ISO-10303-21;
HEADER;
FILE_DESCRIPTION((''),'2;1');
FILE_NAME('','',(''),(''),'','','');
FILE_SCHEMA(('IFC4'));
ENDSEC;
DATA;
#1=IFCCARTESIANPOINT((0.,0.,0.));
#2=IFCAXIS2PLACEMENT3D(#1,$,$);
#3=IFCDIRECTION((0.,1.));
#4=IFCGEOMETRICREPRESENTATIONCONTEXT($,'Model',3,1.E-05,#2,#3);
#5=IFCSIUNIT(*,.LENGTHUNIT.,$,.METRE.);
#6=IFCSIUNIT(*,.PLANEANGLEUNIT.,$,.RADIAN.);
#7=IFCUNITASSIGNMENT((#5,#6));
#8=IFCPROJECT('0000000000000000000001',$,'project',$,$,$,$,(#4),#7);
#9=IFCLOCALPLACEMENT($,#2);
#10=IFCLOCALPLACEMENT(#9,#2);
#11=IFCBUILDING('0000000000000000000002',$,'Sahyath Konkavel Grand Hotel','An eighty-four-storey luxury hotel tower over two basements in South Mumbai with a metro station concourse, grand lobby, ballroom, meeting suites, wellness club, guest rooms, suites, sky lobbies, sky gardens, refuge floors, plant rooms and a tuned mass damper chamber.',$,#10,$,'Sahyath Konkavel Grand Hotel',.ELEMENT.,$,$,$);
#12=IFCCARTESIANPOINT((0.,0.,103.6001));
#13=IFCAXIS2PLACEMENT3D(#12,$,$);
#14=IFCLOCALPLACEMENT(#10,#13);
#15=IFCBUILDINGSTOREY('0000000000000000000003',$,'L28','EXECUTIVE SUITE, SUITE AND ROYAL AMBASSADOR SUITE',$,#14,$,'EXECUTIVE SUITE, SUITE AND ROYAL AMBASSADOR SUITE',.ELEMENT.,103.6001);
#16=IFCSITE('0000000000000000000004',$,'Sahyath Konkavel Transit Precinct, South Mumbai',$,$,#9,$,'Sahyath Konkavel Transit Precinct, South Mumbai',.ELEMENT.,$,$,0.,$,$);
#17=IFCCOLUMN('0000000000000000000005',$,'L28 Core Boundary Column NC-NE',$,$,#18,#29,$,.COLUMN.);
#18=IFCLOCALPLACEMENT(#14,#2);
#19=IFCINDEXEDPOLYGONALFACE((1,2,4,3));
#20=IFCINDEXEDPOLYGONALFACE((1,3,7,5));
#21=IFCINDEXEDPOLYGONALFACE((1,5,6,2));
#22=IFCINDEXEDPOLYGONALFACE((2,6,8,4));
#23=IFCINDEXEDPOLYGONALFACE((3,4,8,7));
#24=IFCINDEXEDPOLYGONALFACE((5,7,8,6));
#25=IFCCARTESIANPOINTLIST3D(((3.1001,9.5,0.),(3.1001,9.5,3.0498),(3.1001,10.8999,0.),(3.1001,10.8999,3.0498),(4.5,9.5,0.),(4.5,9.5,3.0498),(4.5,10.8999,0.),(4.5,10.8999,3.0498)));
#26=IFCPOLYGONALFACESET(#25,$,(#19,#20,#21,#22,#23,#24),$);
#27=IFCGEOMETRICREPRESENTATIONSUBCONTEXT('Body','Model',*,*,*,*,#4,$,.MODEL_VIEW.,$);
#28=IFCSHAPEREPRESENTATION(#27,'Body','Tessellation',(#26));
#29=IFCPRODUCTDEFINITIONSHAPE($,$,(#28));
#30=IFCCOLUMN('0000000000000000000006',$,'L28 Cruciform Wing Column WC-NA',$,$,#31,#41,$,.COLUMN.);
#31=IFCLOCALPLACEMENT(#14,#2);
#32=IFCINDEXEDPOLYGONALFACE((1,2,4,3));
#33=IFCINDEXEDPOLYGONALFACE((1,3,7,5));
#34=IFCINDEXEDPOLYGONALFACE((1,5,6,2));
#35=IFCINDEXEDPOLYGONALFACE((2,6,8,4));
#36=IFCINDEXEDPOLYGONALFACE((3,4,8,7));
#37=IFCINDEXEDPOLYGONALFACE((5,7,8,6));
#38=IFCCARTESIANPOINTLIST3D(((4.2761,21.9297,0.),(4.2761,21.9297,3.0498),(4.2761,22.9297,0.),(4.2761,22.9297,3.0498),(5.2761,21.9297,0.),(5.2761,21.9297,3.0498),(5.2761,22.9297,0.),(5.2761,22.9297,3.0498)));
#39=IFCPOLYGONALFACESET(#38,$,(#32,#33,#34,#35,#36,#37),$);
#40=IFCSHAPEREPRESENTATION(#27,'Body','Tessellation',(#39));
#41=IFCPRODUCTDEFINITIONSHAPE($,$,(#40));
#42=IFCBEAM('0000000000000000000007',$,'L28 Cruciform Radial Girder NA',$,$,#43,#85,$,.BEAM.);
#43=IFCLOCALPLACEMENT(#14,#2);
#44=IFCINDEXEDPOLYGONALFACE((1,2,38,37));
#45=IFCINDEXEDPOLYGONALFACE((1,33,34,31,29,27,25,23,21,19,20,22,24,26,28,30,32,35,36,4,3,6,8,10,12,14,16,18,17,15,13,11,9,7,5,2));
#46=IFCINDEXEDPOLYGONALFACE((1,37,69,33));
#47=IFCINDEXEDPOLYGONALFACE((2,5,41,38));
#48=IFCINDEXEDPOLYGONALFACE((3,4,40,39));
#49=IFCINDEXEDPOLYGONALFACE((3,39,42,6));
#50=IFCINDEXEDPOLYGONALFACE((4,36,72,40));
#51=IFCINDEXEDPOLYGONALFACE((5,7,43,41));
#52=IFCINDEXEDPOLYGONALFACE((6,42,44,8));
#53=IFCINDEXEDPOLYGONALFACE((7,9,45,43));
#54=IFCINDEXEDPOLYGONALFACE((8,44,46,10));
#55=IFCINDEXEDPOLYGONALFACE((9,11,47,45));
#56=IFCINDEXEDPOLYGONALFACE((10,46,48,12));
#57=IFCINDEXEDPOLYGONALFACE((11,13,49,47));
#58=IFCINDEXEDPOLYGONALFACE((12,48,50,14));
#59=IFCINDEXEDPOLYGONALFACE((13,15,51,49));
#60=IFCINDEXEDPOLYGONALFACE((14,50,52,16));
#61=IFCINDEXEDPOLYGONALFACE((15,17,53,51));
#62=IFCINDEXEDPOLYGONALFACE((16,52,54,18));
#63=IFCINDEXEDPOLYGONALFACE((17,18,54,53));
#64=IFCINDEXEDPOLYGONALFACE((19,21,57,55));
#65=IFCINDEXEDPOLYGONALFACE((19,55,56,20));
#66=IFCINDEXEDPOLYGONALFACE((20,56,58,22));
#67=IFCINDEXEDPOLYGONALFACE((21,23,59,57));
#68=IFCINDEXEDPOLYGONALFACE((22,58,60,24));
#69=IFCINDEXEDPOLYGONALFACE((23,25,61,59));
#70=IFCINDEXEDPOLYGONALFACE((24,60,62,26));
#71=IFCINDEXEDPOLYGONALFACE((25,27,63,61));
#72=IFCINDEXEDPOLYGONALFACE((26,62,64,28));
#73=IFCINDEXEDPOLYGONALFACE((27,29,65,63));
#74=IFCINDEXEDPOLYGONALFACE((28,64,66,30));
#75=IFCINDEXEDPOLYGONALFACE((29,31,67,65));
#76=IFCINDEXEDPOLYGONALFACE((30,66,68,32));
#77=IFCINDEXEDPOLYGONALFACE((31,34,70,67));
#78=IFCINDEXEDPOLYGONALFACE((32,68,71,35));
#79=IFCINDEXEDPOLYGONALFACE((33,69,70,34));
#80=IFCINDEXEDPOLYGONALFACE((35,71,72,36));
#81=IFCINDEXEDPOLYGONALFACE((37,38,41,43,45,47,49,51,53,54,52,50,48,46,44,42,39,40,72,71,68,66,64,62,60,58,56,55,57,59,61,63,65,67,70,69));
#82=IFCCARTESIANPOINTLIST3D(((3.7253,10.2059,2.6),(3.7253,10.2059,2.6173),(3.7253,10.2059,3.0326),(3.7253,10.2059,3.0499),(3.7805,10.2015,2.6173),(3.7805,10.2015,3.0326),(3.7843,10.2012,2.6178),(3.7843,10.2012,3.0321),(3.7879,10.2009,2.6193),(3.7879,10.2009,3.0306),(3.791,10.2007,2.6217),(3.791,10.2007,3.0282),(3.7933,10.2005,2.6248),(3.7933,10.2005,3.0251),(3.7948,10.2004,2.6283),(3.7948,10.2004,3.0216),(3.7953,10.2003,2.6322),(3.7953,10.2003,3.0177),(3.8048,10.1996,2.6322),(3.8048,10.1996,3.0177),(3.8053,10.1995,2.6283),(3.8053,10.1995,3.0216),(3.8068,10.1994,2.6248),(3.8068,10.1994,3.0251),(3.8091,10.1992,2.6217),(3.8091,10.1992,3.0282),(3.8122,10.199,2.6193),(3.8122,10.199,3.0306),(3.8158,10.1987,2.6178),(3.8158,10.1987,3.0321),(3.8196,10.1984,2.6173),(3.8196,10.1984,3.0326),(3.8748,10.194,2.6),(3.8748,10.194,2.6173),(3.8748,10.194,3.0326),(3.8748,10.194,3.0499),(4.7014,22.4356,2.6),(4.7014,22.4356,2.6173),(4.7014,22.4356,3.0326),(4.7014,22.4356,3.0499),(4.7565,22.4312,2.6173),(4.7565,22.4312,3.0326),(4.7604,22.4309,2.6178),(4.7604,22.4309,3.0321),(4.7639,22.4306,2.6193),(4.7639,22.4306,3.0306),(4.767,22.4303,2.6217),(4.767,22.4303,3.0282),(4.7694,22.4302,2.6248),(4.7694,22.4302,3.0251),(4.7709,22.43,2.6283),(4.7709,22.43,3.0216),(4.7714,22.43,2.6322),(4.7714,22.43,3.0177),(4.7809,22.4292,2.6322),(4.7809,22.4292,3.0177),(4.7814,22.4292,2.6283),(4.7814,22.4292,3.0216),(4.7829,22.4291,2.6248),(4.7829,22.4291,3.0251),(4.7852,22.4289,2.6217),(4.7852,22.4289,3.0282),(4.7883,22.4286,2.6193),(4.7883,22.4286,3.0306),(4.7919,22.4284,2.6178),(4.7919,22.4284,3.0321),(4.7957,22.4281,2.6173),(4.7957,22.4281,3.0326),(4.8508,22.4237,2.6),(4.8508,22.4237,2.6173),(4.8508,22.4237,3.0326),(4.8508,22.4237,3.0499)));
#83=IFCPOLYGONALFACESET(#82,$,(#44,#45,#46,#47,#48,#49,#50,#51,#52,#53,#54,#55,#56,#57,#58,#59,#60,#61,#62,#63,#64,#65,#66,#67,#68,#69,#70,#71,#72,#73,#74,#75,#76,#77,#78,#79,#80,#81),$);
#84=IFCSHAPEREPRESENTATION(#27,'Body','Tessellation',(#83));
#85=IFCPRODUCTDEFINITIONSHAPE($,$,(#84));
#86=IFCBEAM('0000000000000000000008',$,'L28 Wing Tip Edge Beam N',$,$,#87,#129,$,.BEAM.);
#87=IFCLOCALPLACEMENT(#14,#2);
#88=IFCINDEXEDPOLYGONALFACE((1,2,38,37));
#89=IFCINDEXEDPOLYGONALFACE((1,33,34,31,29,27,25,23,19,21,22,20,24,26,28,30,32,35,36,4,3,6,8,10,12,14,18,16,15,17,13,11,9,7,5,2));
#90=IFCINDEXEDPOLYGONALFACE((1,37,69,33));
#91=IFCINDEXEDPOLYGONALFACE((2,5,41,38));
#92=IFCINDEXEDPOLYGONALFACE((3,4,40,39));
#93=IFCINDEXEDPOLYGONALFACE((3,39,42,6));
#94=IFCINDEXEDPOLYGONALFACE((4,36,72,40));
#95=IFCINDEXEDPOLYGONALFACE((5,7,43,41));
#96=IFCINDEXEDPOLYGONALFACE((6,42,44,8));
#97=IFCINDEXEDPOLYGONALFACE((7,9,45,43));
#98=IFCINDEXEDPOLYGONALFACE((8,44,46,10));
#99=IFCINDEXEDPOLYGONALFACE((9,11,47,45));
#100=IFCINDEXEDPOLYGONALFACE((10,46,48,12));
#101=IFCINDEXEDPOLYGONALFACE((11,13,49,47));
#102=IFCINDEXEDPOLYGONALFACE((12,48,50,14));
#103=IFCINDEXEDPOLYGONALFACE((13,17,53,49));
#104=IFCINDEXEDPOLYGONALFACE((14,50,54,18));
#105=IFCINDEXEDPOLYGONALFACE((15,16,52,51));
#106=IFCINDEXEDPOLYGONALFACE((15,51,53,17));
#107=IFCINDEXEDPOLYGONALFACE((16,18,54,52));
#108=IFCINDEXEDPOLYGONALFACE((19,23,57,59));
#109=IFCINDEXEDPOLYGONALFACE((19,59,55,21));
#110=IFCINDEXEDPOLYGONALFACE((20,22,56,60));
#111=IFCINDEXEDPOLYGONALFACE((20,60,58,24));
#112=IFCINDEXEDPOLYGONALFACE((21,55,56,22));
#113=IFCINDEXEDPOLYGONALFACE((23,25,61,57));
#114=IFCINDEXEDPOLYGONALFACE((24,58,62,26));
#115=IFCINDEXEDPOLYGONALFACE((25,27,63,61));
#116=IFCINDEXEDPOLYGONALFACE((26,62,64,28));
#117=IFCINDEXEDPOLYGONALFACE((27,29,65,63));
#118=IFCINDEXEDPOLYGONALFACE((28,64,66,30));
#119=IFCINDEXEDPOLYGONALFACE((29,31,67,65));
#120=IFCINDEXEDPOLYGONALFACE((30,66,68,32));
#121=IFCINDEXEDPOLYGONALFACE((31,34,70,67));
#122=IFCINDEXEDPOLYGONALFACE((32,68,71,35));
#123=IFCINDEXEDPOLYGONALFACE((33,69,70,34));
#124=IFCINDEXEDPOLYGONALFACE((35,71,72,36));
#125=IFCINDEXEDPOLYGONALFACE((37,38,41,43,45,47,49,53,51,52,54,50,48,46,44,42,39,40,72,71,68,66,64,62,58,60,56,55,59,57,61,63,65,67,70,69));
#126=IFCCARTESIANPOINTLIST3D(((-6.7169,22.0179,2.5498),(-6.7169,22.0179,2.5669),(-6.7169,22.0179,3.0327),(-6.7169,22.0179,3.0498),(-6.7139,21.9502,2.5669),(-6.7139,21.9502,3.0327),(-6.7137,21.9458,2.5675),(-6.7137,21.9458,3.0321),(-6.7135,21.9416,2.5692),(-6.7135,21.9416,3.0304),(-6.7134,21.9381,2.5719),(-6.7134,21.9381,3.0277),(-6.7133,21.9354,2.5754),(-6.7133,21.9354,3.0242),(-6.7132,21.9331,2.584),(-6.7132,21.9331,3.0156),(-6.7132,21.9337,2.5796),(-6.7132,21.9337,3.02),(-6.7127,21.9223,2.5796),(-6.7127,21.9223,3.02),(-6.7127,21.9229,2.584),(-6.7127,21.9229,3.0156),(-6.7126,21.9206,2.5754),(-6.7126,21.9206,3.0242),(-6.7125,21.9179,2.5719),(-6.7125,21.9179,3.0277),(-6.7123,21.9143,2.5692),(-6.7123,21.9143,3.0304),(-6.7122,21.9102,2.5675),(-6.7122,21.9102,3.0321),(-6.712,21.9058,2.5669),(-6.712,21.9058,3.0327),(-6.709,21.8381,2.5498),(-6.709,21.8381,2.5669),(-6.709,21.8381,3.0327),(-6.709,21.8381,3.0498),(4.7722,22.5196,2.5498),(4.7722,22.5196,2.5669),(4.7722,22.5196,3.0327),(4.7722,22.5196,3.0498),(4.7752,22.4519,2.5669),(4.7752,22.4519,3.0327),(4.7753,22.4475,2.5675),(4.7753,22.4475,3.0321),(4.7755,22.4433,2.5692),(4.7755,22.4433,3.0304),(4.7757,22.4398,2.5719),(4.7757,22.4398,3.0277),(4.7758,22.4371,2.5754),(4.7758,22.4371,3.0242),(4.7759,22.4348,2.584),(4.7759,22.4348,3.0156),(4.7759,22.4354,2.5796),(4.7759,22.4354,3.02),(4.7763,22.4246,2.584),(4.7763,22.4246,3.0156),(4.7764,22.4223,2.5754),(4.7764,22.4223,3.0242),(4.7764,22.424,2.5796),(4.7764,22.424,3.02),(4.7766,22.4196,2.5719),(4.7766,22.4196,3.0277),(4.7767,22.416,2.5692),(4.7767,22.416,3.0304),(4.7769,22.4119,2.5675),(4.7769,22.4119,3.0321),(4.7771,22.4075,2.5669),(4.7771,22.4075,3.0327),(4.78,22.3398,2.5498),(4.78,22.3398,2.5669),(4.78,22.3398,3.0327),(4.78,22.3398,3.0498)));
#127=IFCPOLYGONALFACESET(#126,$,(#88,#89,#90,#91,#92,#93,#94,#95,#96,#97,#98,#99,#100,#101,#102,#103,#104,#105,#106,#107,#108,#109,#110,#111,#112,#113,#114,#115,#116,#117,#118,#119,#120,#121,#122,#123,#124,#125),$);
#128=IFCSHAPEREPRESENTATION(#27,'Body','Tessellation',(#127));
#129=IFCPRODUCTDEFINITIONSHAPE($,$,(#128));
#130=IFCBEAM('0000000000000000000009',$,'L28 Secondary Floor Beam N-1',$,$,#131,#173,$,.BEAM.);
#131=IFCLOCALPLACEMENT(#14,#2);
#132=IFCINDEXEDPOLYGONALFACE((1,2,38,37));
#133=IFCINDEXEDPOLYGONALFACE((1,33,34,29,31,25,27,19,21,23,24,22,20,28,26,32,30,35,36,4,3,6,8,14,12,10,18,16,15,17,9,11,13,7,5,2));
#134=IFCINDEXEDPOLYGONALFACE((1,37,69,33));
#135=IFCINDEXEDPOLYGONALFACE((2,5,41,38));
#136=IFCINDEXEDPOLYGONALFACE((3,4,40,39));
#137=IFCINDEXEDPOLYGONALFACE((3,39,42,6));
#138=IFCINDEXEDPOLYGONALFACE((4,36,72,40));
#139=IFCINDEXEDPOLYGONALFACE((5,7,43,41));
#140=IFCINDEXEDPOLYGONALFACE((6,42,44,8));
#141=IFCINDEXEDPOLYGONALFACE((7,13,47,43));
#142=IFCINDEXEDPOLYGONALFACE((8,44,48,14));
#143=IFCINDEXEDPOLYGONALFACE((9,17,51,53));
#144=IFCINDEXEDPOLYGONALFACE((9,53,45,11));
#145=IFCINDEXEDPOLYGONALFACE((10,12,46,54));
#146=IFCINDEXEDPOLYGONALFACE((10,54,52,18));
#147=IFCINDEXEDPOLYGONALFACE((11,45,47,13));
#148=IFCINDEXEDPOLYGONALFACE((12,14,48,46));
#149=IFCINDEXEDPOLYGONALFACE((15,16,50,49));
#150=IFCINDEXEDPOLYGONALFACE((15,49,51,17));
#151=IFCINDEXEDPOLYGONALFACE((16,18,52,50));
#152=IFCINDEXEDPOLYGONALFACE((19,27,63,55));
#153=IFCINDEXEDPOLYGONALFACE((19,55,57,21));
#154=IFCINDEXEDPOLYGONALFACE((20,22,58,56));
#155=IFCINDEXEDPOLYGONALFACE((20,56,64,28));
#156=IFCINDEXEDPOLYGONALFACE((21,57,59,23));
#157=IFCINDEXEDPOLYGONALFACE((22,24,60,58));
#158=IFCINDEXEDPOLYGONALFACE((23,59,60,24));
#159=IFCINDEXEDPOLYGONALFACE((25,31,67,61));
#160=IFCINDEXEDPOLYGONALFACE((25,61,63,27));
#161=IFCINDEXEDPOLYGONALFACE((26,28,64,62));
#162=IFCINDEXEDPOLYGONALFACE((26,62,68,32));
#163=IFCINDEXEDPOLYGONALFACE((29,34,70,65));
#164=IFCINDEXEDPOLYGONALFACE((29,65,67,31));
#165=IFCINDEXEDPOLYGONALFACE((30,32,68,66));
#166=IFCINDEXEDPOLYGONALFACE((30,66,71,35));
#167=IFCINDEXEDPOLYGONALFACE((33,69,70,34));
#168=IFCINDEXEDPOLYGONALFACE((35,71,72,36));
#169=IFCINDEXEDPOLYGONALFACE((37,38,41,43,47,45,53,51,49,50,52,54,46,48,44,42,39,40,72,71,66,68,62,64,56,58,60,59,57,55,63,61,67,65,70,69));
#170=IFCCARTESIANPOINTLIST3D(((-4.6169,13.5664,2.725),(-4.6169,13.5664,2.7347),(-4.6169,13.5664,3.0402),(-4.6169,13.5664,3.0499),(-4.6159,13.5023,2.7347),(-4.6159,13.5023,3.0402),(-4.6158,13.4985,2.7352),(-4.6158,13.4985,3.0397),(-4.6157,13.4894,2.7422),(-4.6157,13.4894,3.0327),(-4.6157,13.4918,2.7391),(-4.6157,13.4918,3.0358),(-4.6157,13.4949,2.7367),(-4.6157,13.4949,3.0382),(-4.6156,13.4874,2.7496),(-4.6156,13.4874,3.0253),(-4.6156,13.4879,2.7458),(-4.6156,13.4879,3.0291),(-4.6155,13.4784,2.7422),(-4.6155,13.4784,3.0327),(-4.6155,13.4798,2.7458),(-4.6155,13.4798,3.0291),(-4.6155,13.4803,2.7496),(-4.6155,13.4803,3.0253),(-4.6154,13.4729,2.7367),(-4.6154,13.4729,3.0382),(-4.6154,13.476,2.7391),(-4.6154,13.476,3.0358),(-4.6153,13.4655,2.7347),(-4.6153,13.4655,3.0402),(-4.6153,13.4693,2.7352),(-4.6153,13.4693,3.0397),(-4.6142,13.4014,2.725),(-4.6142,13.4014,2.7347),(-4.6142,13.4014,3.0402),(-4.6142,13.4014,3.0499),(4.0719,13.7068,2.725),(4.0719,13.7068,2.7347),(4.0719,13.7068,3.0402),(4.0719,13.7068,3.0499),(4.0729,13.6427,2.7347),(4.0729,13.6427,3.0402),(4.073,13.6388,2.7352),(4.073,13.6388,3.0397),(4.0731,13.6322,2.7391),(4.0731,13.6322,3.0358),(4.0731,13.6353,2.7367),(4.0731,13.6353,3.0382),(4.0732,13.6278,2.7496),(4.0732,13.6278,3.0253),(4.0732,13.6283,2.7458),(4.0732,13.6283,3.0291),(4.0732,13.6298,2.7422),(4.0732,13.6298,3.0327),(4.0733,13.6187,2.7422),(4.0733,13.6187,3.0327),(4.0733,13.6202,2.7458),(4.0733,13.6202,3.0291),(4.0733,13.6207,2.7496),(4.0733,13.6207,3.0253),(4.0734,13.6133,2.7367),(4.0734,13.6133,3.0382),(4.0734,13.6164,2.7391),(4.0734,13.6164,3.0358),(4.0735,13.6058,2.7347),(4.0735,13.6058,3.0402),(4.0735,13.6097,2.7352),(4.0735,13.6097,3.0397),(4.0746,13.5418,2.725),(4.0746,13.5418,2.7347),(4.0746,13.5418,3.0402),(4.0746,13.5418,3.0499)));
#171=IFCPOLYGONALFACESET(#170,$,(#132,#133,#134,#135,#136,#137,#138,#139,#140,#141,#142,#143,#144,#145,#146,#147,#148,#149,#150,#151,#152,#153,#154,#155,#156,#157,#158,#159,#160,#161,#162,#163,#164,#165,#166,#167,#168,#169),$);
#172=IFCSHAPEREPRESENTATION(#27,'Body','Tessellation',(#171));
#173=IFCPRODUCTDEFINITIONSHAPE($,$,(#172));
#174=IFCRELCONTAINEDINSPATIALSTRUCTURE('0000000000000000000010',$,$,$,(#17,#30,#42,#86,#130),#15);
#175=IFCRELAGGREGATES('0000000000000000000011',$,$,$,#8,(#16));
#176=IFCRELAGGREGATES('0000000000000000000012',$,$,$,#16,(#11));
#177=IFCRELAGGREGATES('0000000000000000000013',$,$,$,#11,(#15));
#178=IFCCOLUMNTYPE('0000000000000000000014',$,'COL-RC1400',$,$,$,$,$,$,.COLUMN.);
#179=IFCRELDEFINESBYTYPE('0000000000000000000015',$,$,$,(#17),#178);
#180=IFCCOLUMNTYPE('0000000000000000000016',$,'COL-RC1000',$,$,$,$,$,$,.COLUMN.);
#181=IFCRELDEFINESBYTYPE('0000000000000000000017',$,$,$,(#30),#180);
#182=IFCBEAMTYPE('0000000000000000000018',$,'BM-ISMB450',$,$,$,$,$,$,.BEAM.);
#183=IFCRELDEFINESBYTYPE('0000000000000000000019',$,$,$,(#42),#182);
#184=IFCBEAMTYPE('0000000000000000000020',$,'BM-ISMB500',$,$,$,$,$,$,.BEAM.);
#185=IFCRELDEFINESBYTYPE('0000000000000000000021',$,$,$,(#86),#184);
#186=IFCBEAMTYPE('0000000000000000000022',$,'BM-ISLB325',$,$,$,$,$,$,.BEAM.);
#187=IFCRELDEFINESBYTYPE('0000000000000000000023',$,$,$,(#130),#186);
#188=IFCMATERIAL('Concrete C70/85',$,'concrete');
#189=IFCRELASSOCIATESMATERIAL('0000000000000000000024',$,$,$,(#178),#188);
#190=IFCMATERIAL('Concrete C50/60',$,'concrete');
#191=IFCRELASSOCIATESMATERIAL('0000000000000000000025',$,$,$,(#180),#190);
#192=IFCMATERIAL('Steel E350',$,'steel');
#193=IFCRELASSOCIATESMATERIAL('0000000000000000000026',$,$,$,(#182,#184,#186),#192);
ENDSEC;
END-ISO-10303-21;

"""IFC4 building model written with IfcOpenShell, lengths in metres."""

from ifc_helpers import new_model, si_unit, direction, frame, origin, origin_2d, place, context, subcontext, project, spatial, rectangle, i_section, extrude, source, transform, mapped, material, material_profile, profile_set, type_object, element, save


model = new_model("IFC4")

# Units and contexts
model_context = context("Model", 3, precision=1e-05, world=origin(), true_north=direction((0.0, 1.0)))
body_context = subcontext(model_context, "Body", "Model", "MODEL_VIEW")
ifc_project = project(units=[si_unit("LENGTHUNIT", "METRE"), si_unit("PLANEANGLEUNIT", "RADIAN")], contexts=[model_context])

# Site, building, storey
site_placement = place(None, origin())
site = spatial("IfcSite", under=ifc_project, at=site_placement, Name="Sahyath Konkavel Transit Precinct, South Mumbai", LongName="Sahyath Konkavel Transit Precinct, South Mumbai", CompositionType="ELEMENT", RefElevation=0.0)
building_placement = place(site_placement, origin())
building = spatial("IfcBuilding", under=site, at=building_placement, Name="Sahyath Konkavel Grand Hotel", Description="An eighty-four-storey luxury hotel tower over two basements in South Mumbai with a metro station concourse, grand lobby, ballroom, meeting suites, wellness club, guest rooms, suites, sky lobbies, sky gardens, refuge floors, plant rooms and a tuned mass damper chamber.", LongName="Sahyath Konkavel Grand Hotel", CompositionType="ELEMENT")
storey_placement = place(building_placement, frame((0.0, 0.0, 103.6001)))
storey = spatial("IfcBuildingStorey", under=building, at=storey_placement, Name="L28", Description="EXECUTIVE SUITE, SUITE AND ROYAL AMBASSADOR SUITE", LongName="EXECUTIVE SUITE, SUITE AND ROYAL AMBASSADOR SUITE", CompositionType="ELEMENT", Elevation=103.6001)

# Columns
ifc_material_1 = material(Name="Concrete C70/85", Category="concrete")
ifc_material_profile_1 = material_profile(ifc_material_1, rectangle(XDim=1.3999, YDim=1.3999, at=origin_2d()), Name="RC 1400x1400")
ifc_profile_set_1 = profile_set([ifc_material_profile_1], Name="Concrete C70/85")
column_type_1 = type_object("IfcColumnType", Name="COL-RC1400", PredefinedType="COLUMN", material=ifc_profile_set_1)
shared_shape_1 = source(origin(), body_context, "Body", "SweptSolid", [
    extrude(rectangle(XDim=1.3999, YDim=1.3999, at=origin_2d()), origin(), (0.0, 0.0, 1.0), 3.0498),
])
column_1_placement = place(storey_placement, frame((3.8, 10.2, 0.0), z_axis=(0.0, 0.0, 1.0), x_axis=(1.0, 0.0, 0.0)))
element("IfcColumn", 1, at=column_1_placement, inside=storey, type_object=column_type_1, Name="L28 Core Boundary Column NC-NE", PredefinedType="COLUMN", context=body_context, shape_type="MappedRepresentation", body=[
    mapped(shared_shape_1, transform((0.0, 0.0, 0.0), scale=1.0)),
])
ifc_material_2 = material(Name="Concrete C50/60", Category="concrete")
ifc_material_profile_2 = material_profile(ifc_material_2, rectangle(XDim=1.0, YDim=1.0, at=origin_2d()), Name="RC 1000x1000")
ifc_profile_set_2 = profile_set([ifc_material_profile_2], Name="Concrete C50/60")
column_type_2 = type_object("IfcColumnType", Name="COL-RC1000", PredefinedType="COLUMN", material=ifc_profile_set_2)
shared_shape_2 = source(origin(), body_context, "Body", "SweptSolid", [
    extrude(rectangle(XDim=1.0, YDim=1.0, at=origin_2d()), origin(), (0.0, 0.0, 1.0), 3.0498),
])
column_2_placement = place(storey_placement, frame((4.7761, 22.4297, 0.0), z_axis=(0.0, 0.0, 1.0), x_axis=(1.0, 0.0, 0.0)))
element("IfcColumn", 2, at=column_2_placement, inside=storey, type_object=column_type_2, Name="L28 Cruciform Wing Column WC-NA", PredefinedType="COLUMN", context=body_context, shape_type="MappedRepresentation", body=[
    mapped(shared_shape_2, transform((0.0, 0.0, 0.0), scale=1.0)),
])

# Beams
ifc_material_3 = material(Name="Steel E350", Category="steel")
ifc_material_profile_3 = material_profile(ifc_material_3, i_section(OverallWidth=0.1499, OverallDepth=0.45, WebThickness=0.0095, FlangeThickness=0.0173, FilletRadius=0.0149, at=origin_2d()), Name="ISMB 450")
ifc_profile_set_3 = profile_set([ifc_material_profile_3], Name="Steel E350")
beam_type_1 = type_object("IfcBeamType", Name="BM-ISMB450", PredefinedType="BEAM", material=ifc_profile_set_3)
shared_shape_3 = source(origin(), body_context, "Body", "SweptSolid", [
    extrude(i_section(OverallWidth=0.1499, OverallDepth=0.45, WebThickness=0.0095, FlangeThickness=0.0173, FilletRadius=0.0149, at=origin_2d()), origin(), (0.0, 0.0, 1.0), 12.2686),
])
beam_1_placement = place(storey_placement, frame((3.8, 10.2, 2.825), z_axis=(0.079559, 0.99683, 0.0), x_axis=(-0.99683, 0.079559, 0.0)))
element("IfcBeam", 3, at=beam_1_placement, inside=storey, type_object=beam_type_1, Name="L28 Cruciform Radial Girder NA", PredefinedType="BEAM", context=body_context, shape_type="MappedRepresentation", body=[
    mapped(shared_shape_3, transform((0.0, 0.0, 0.0), scale=1.0)),
])
ifc_material_profile_4 = material_profile(ifc_material_3, i_section(OverallWidth=0.1799, OverallDepth=0.5, WebThickness=0.0103, FlangeThickness=0.0171, FilletRadius=0.0171, at=origin_2d()), Name="ISMB 500")
ifc_profile_set_4 = profile_set([ifc_material_profile_4], Name="Steel E350")
beam_type_2 = type_object("IfcBeamType", Name="BM-ISMB500", PredefinedType="BEAM", material=ifc_profile_set_4)
shared_shape_4 = source(origin(), body_context, "Body", "SweptSolid", [
    extrude(i_section(OverallWidth=0.1799, OverallDepth=0.5, WebThickness=0.0103, FlangeThickness=0.0171, FilletRadius=0.0171, at=origin_2d()), origin(), (0.0, 0.0, 1.0), 11.5),
])
beam_2_placement = place(storey_placement, frame((4.7761, 22.4297, 2.7998), z_axis=(-0.999048, -0.043627, 0.0), x_axis=(0.043627, -0.999048, 0.0)))
element("IfcBeam", 4, at=beam_2_placement, inside=storey, type_object=beam_type_2, Name="L28 Wing Tip Edge Beam N", PredefinedType="BEAM", context=body_context, shape_type="MappedRepresentation", body=[
    mapped(shared_shape_4, transform((0.0, 0.0, 0.0), scale=1.0)),
])
ifc_material_profile_5 = material_profile(ifc_material_3, i_section(OverallWidth=0.165, OverallDepth=0.325, WebThickness=0.0071, FlangeThickness=0.0098, FilletRadius=0.0149, at=origin_2d()), Name="ISLB 325")
ifc_profile_set_5 = profile_set([ifc_material_profile_5], Name="Steel E350")
beam_type_3 = type_object("IfcBeamType", Name="BM-ISLB325", PredefinedType="BEAM", material=ifc_profile_set_5)
shared_shape_5 = source(origin(), body_context, "Body", "SweptSolid", [
    extrude(i_section(OverallWidth=0.165, OverallDepth=0.325, WebThickness=0.0071, FlangeThickness=0.0098, FilletRadius=0.0149, at=origin_2d()), origin(), (0.0, 0.0, 1.0), 8.6899),
])
beam_3_placement = place(storey_placement, frame((4.0732, 13.6243, 2.8875), z_axis=(-0.99987, -0.016155, 0.0), x_axis=(0.016155, -0.99987, 0.0)))
element("IfcBeam", 5, at=beam_3_placement, inside=storey, type_object=beam_type_3, Name="L28 Secondary Floor Beam N-1", PredefinedType="BEAM", context=body_context, shape_type="MappedRepresentation", body=[
    mapped(shared_shape_5, transform((0.0, 0.0, 0.0), scale=1.0)),
])

save(model, "model.ifc")
